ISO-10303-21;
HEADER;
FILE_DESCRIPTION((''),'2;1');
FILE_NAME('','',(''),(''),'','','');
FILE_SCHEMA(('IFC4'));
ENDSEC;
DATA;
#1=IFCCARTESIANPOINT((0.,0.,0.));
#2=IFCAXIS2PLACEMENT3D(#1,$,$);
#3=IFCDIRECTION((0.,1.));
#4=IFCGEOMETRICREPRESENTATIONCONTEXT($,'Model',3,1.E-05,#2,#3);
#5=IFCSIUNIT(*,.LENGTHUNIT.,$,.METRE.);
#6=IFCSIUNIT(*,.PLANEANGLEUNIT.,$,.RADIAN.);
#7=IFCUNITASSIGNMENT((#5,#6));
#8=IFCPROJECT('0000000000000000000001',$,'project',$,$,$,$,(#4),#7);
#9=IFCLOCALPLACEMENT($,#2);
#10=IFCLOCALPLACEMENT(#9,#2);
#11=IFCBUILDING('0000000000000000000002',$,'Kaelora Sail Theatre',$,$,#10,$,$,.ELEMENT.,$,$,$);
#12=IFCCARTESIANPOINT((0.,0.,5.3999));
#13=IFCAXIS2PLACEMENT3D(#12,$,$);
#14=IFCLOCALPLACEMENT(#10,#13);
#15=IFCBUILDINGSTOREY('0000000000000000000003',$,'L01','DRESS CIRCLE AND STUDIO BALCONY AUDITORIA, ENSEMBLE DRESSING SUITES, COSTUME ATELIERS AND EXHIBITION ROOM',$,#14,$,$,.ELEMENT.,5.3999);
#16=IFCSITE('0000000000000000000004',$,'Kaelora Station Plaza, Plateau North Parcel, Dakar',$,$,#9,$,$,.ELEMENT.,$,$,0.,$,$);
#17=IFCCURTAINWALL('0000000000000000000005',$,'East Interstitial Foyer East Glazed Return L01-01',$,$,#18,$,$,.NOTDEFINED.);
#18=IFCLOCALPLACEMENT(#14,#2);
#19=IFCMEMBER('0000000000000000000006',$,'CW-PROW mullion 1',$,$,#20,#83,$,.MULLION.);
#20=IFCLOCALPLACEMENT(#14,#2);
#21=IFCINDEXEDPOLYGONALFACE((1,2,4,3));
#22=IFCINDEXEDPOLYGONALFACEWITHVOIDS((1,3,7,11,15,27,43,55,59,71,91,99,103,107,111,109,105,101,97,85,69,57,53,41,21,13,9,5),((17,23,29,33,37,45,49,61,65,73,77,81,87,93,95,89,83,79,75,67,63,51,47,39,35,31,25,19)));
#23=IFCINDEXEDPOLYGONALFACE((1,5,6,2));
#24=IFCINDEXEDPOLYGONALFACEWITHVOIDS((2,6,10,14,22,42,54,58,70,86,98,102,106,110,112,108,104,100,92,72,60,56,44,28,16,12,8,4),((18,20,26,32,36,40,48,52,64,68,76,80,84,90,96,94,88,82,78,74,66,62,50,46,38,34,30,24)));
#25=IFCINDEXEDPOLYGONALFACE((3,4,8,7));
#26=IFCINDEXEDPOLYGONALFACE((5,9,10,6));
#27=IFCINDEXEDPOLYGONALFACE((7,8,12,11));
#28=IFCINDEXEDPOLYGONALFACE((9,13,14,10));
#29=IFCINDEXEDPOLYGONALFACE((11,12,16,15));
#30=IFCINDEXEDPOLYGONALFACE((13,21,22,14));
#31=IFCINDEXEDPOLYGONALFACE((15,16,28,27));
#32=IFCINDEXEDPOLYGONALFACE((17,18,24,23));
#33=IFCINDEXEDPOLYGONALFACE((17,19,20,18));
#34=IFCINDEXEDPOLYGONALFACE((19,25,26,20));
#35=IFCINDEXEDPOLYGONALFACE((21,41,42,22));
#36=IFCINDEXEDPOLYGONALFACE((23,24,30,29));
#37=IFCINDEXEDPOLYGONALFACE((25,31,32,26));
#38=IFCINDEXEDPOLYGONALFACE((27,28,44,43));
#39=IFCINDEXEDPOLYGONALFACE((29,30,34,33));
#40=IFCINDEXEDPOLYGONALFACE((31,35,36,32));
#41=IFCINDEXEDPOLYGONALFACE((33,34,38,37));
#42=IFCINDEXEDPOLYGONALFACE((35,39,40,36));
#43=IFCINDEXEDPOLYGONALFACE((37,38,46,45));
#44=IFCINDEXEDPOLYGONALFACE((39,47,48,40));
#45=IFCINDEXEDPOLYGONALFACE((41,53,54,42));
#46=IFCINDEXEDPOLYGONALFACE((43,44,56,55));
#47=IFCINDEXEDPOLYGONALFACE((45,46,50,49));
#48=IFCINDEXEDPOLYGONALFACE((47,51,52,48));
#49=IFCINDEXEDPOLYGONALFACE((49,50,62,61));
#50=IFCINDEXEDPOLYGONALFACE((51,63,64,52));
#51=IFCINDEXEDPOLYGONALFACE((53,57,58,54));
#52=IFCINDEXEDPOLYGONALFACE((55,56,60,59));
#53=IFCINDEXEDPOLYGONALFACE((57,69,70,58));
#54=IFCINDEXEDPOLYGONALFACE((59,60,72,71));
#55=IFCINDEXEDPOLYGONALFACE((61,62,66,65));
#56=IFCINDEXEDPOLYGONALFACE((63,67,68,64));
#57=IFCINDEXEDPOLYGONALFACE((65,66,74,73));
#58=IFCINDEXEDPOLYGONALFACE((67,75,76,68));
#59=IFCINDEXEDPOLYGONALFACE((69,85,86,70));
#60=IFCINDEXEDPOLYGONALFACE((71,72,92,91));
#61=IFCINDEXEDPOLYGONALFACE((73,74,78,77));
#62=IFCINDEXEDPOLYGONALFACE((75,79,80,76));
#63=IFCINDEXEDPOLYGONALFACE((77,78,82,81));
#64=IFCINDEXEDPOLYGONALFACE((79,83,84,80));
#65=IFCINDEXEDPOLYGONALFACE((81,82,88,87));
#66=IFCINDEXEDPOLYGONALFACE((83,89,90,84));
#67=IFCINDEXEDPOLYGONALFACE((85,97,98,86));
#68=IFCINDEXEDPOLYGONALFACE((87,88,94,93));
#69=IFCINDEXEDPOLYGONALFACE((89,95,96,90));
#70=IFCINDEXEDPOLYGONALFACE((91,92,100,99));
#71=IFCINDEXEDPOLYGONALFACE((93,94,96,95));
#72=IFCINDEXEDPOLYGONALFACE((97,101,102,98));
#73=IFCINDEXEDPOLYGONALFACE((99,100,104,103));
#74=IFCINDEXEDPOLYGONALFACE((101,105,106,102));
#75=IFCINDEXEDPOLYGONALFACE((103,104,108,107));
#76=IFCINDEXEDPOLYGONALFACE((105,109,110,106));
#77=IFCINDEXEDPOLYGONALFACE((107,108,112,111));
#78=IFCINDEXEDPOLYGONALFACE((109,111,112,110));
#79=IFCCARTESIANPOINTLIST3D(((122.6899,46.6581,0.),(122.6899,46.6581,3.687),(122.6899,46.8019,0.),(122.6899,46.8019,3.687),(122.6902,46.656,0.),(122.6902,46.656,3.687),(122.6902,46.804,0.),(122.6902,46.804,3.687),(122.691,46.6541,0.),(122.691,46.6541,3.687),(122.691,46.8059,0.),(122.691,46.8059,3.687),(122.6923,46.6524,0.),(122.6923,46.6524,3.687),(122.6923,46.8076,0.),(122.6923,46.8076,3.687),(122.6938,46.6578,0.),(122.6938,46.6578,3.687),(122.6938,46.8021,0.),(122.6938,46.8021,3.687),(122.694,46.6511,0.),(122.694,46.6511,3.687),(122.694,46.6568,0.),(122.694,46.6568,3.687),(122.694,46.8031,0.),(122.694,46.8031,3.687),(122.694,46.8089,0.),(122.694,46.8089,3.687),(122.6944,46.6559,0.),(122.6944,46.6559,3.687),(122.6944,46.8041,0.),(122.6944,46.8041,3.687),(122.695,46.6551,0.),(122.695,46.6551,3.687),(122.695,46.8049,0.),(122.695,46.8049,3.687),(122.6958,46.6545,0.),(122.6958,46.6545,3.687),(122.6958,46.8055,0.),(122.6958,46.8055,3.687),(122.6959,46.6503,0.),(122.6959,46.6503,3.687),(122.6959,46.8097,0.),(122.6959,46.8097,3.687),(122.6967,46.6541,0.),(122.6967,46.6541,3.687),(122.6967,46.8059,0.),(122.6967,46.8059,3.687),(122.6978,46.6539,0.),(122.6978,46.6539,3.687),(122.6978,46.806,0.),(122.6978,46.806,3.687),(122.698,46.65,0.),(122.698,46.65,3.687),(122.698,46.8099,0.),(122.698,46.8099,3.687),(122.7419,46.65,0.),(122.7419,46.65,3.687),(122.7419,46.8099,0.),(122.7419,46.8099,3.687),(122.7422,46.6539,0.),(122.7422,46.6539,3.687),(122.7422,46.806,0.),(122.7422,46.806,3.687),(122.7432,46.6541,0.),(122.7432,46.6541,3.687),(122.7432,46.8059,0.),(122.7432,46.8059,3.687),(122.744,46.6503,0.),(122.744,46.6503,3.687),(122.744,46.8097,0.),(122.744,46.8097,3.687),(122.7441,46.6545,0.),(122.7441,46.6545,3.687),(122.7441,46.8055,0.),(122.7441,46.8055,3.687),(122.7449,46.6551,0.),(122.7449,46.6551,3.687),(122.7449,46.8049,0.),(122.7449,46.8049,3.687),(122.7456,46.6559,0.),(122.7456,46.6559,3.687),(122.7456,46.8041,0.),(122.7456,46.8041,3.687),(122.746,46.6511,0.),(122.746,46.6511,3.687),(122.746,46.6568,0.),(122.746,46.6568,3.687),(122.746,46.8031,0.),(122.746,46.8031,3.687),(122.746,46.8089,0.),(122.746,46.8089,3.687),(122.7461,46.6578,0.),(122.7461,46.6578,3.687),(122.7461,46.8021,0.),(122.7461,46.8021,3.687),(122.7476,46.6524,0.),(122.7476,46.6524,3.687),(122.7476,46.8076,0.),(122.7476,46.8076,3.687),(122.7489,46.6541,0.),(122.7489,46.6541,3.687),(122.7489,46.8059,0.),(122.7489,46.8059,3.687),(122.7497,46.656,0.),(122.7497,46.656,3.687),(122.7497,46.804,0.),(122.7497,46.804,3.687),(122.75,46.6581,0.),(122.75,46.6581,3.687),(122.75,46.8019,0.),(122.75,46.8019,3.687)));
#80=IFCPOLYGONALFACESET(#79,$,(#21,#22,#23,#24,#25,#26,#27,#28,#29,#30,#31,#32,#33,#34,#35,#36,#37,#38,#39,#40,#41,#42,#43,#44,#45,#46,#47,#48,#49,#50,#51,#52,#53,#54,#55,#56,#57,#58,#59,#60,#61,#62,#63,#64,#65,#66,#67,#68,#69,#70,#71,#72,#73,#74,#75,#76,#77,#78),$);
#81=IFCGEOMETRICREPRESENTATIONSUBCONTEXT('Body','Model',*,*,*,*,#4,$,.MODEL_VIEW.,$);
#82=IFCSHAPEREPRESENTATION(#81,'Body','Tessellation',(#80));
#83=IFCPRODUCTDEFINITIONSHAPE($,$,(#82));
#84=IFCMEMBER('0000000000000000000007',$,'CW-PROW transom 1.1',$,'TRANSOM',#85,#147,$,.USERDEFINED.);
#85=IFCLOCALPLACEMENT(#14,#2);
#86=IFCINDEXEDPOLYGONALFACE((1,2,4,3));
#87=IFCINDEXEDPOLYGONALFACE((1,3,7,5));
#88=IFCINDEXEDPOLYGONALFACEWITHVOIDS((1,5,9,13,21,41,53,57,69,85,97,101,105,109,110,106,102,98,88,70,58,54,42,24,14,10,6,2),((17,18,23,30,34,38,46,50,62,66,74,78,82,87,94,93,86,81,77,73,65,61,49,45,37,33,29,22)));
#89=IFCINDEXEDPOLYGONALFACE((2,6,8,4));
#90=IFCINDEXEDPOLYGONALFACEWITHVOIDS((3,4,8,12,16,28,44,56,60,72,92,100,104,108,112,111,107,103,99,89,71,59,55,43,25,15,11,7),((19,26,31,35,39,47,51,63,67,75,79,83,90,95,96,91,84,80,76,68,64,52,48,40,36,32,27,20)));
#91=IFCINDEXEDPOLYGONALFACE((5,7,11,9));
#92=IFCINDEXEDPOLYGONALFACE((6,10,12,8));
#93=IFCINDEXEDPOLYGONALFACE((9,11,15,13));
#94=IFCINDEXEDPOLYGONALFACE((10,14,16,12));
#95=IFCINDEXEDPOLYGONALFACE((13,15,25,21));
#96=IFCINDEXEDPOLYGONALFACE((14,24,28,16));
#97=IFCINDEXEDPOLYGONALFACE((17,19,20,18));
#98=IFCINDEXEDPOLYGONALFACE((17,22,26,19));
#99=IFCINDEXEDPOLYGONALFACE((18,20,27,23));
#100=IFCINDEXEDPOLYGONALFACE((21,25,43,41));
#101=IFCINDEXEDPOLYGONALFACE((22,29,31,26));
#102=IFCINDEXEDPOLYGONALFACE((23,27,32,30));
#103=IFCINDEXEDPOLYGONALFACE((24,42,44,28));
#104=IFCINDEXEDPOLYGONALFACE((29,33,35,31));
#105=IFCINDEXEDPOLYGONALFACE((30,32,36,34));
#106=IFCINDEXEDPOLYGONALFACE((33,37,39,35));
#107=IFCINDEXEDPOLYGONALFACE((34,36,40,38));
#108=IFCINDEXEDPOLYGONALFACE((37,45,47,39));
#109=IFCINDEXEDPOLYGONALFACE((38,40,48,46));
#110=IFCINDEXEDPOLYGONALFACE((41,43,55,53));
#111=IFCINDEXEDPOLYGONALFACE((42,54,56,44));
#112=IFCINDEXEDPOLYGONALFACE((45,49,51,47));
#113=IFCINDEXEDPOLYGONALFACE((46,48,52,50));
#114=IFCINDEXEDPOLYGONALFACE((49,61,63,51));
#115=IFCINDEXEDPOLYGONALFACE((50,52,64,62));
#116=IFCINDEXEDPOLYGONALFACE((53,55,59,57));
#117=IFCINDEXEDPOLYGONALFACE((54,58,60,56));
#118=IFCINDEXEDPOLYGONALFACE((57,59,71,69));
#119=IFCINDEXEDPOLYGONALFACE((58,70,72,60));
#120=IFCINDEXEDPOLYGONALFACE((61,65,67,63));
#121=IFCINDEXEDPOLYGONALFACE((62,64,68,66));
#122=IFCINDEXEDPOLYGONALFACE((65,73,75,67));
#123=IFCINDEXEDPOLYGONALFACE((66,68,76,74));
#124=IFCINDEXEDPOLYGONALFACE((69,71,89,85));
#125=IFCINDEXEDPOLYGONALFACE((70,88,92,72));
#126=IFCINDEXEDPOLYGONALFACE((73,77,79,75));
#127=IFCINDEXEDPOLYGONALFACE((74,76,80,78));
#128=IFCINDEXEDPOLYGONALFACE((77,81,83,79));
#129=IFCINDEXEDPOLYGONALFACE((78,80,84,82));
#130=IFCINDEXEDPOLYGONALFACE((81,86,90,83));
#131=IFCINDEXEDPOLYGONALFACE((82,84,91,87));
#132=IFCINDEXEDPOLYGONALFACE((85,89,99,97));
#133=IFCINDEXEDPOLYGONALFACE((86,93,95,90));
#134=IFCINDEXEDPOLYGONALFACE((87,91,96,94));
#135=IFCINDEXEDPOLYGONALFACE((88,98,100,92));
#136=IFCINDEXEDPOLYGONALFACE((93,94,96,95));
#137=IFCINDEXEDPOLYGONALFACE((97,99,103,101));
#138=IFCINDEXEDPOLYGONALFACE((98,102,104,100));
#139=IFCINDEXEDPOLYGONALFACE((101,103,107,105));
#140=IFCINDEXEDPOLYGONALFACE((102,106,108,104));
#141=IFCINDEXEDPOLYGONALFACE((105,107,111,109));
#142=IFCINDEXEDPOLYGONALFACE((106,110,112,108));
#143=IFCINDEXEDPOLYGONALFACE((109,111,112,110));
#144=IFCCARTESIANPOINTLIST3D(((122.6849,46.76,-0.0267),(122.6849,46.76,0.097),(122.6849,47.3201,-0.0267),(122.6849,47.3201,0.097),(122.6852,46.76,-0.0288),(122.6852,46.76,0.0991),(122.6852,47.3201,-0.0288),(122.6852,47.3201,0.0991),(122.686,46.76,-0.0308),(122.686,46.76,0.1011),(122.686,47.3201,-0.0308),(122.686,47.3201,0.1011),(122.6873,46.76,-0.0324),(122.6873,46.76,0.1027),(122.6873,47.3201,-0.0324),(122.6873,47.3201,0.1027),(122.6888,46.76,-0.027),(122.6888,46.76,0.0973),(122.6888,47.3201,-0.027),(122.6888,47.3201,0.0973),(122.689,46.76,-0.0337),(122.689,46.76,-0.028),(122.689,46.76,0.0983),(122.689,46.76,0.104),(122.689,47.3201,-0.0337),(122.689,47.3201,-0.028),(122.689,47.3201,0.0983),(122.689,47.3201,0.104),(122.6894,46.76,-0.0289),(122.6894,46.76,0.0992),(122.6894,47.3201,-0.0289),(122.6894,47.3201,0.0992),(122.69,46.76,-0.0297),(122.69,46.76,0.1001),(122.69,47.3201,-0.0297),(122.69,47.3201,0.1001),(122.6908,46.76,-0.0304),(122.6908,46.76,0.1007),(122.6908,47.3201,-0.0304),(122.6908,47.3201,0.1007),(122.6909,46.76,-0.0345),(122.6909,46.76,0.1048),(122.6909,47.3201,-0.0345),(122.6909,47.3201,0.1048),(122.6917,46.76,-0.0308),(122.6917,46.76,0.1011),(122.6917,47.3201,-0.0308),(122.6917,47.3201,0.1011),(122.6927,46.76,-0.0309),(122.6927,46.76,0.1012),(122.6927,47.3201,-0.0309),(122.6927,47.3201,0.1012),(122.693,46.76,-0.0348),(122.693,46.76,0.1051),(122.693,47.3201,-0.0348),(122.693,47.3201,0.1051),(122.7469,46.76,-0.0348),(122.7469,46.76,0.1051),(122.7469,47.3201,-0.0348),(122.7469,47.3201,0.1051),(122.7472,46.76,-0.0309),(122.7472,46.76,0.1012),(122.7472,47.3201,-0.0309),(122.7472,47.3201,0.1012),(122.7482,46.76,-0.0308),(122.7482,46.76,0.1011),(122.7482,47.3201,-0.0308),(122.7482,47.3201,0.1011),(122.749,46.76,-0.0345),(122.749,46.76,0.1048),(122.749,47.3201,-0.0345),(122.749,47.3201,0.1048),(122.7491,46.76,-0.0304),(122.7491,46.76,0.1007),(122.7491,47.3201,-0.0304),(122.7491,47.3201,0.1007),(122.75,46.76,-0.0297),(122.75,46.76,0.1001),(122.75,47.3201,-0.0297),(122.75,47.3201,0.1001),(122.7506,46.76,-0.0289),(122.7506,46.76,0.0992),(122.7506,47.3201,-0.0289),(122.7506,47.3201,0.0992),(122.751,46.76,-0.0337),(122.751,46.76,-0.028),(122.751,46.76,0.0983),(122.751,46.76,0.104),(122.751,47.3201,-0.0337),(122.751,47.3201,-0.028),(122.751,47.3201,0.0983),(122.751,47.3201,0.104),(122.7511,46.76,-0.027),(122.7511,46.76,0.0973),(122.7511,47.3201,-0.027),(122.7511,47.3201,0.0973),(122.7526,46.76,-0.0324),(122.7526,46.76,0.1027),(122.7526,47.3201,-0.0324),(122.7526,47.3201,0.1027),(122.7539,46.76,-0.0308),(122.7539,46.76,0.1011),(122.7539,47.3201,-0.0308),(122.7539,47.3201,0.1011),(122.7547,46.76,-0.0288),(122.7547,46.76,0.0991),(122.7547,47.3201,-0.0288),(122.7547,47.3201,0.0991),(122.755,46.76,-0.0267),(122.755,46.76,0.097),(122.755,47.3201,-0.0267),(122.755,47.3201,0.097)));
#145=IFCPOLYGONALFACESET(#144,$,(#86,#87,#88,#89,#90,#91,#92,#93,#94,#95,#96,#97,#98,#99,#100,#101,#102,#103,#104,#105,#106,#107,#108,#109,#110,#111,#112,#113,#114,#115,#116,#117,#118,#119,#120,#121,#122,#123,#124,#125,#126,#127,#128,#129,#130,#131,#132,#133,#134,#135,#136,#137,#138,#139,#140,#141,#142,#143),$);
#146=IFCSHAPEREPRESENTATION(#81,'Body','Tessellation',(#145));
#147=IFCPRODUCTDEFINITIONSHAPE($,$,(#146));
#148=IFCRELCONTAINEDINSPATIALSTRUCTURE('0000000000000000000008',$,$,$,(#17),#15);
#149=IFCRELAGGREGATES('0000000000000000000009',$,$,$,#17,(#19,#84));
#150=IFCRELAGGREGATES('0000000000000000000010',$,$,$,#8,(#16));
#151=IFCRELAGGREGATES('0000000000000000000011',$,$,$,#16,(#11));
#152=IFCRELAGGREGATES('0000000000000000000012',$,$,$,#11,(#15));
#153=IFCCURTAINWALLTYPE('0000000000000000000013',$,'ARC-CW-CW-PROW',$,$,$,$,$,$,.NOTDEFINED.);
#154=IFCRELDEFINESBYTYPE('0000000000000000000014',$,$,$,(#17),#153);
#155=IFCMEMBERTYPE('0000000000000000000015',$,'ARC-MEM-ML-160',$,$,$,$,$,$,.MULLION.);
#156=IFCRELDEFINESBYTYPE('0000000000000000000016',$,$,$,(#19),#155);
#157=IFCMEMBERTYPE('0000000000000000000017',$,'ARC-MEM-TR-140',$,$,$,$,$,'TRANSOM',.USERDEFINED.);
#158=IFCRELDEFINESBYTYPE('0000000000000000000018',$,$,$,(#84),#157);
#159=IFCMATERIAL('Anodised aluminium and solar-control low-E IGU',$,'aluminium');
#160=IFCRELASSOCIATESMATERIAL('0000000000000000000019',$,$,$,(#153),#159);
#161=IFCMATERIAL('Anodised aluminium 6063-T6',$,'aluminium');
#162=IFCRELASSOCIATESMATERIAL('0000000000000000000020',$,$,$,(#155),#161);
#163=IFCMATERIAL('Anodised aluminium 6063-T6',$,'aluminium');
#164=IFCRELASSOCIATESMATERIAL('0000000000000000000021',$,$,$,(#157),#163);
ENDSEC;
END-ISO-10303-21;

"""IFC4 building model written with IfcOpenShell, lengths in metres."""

from ifc_helpers import new_model, si_unit, direction, frame, origin, origin_2d, place, context, subcontext, project, spatial, hollow_rectangle, extrude, material, material_profile, profile_set, type_object, element, aggregate, save


model = new_model("IFC4")

# Units and contexts
model_context = context("Model", 3, precision=1e-05, world=origin(), true_north=direction((0.0, 1.0)))
body_context = subcontext(model_context, "Body", "Model", "MODEL_VIEW")
ifc_project = project(units=[si_unit("LENGTHUNIT", "METRE"), si_unit("PLANEANGLEUNIT", "RADIAN")], contexts=[model_context])

# Site, building, storey
site_placement = place(None, origin())
site = spatial("IfcSite", under=ifc_project, at=site_placement, Name="Kaelora Station Plaza, Plateau North Parcel, Dakar", CompositionType="ELEMENT", RefElevation=0.0)
building_placement = place(site_placement, origin())
building = spatial("IfcBuilding", under=site, at=building_placement, Name="Kaelora Sail Theatre", CompositionType="ELEMENT")
storey_placement = place(building_placement, frame((0.0, 0.0, 5.3999)))
storey = spatial("IfcBuildingStorey", under=building, at=storey_placement, Name="L01", Description="DRESS CIRCLE AND STUDIO BALCONY AUDITORIA, ENSEMBLE DRESSING SUITES, COSTUME ATELIERS AND EXHIBITION ROOM", CompositionType="ELEMENT", Elevation=5.3999)

# Curtain wall, members
ifc_material_1 = material(Name="Anodised aluminium and solar-control low-E IGU", Category="aluminium")
curtain_wall_type = type_object("IfcCurtainWallType", Name="ARC-CW-CW-PROW", PredefinedType="NOTDEFINED", material=ifc_material_1)
curtain_wall_placement = place(storey_placement, origin())
curtain_wall = element("IfcCurtainWall", 1, at=curtain_wall_placement, inside=storey, type_object=curtain_wall_type, Name="East Interstitial Foyer East Glazed Return L01-01", PredefinedType="NOTDEFINED")
ifc_material_2 = material(Name="Anodised aluminium 6063-T6", Category="aluminium")
ifc_material_profile_1 = material_profile(ifc_material_2, hollow_rectangle(XDim=0.0601, YDim=0.1599, WallThickness=0.0039, InnerFilletRadius=0.0039, OuterFilletRadius=0.0081, at=origin_2d()), Name="ALU-MULL 60x160x4")
ifc_profile_set_1 = profile_set([ifc_material_profile_1], Name="Anodised aluminium 6063-T6")
member_type_1 = type_object("IfcMemberType", Name="ARC-MEM-ML-160", PredefinedType="MULLION", material=ifc_profile_set_1)
member_1_placement = place(storey_placement, frame((122.72, 46.73, 0.0), z_axis=(0.0, 0.0, 1.0), x_axis=(-1.0, 0.0, 0.0)))
member_1 = element("IfcMember", 2, at=member_1_placement, type_object=member_type_1, Name="CW-PROW mullion 1", PredefinedType="MULLION", context=body_context, shape_type="SweptSolid", body=[
    extrude(hollow_rectangle(XDim=0.0601, YDim=0.1599, WallThickness=0.0039, InnerFilletRadius=0.0039, OuterFilletRadius=0.0081, at=origin_2d()), origin(), (0.0, 0.0, 1.0), 3.687),
])
ifc_material_3 = material(Name="Anodised aluminium 6063-T6", Category="aluminium")
ifc_material_profile_2 = material_profile(ifc_material_3, hollow_rectangle(XDim=0.0701, YDim=0.1399, WallThickness=0.0039, InnerFilletRadius=0.0039, OuterFilletRadius=0.0081, at=origin_2d()), Name="ALU-TRAN 70x140x4")
ifc_profile_set_2 = profile_set([ifc_material_profile_2], Name="Anodised aluminium 6063-T6")
member_type_2 = type_object("IfcMemberType", Name="ARC-MEM-TR-140", ElementType="TRANSOM", PredefinedType="USERDEFINED", material=ifc_profile_set_2)
member_2_placement = place(storey_placement, frame((122.72, 46.76, 0.0352), z_axis=(0.0, 1.0, 0.0), x_axis=(-1.0, 0.0, 0.0)))
member_2 = element("IfcMember", 3, at=member_2_placement, type_object=member_type_2, Name="CW-PROW transom 1.1", ObjectType="TRANSOM", PredefinedType="USERDEFINED", context=body_context, shape_type="SweptSolid", body=[
    extrude(hollow_rectangle(XDim=0.0701, YDim=0.1399, WallThickness=0.0039, InnerFilletRadius=0.0039, OuterFilletRadius=0.0081, at=origin_2d()), origin(), (0.0, 0.0, 1.0), 0.5601),
])
aggregate(curtain_wall, [member_1, member_2])

save(model, "model.ifc")
